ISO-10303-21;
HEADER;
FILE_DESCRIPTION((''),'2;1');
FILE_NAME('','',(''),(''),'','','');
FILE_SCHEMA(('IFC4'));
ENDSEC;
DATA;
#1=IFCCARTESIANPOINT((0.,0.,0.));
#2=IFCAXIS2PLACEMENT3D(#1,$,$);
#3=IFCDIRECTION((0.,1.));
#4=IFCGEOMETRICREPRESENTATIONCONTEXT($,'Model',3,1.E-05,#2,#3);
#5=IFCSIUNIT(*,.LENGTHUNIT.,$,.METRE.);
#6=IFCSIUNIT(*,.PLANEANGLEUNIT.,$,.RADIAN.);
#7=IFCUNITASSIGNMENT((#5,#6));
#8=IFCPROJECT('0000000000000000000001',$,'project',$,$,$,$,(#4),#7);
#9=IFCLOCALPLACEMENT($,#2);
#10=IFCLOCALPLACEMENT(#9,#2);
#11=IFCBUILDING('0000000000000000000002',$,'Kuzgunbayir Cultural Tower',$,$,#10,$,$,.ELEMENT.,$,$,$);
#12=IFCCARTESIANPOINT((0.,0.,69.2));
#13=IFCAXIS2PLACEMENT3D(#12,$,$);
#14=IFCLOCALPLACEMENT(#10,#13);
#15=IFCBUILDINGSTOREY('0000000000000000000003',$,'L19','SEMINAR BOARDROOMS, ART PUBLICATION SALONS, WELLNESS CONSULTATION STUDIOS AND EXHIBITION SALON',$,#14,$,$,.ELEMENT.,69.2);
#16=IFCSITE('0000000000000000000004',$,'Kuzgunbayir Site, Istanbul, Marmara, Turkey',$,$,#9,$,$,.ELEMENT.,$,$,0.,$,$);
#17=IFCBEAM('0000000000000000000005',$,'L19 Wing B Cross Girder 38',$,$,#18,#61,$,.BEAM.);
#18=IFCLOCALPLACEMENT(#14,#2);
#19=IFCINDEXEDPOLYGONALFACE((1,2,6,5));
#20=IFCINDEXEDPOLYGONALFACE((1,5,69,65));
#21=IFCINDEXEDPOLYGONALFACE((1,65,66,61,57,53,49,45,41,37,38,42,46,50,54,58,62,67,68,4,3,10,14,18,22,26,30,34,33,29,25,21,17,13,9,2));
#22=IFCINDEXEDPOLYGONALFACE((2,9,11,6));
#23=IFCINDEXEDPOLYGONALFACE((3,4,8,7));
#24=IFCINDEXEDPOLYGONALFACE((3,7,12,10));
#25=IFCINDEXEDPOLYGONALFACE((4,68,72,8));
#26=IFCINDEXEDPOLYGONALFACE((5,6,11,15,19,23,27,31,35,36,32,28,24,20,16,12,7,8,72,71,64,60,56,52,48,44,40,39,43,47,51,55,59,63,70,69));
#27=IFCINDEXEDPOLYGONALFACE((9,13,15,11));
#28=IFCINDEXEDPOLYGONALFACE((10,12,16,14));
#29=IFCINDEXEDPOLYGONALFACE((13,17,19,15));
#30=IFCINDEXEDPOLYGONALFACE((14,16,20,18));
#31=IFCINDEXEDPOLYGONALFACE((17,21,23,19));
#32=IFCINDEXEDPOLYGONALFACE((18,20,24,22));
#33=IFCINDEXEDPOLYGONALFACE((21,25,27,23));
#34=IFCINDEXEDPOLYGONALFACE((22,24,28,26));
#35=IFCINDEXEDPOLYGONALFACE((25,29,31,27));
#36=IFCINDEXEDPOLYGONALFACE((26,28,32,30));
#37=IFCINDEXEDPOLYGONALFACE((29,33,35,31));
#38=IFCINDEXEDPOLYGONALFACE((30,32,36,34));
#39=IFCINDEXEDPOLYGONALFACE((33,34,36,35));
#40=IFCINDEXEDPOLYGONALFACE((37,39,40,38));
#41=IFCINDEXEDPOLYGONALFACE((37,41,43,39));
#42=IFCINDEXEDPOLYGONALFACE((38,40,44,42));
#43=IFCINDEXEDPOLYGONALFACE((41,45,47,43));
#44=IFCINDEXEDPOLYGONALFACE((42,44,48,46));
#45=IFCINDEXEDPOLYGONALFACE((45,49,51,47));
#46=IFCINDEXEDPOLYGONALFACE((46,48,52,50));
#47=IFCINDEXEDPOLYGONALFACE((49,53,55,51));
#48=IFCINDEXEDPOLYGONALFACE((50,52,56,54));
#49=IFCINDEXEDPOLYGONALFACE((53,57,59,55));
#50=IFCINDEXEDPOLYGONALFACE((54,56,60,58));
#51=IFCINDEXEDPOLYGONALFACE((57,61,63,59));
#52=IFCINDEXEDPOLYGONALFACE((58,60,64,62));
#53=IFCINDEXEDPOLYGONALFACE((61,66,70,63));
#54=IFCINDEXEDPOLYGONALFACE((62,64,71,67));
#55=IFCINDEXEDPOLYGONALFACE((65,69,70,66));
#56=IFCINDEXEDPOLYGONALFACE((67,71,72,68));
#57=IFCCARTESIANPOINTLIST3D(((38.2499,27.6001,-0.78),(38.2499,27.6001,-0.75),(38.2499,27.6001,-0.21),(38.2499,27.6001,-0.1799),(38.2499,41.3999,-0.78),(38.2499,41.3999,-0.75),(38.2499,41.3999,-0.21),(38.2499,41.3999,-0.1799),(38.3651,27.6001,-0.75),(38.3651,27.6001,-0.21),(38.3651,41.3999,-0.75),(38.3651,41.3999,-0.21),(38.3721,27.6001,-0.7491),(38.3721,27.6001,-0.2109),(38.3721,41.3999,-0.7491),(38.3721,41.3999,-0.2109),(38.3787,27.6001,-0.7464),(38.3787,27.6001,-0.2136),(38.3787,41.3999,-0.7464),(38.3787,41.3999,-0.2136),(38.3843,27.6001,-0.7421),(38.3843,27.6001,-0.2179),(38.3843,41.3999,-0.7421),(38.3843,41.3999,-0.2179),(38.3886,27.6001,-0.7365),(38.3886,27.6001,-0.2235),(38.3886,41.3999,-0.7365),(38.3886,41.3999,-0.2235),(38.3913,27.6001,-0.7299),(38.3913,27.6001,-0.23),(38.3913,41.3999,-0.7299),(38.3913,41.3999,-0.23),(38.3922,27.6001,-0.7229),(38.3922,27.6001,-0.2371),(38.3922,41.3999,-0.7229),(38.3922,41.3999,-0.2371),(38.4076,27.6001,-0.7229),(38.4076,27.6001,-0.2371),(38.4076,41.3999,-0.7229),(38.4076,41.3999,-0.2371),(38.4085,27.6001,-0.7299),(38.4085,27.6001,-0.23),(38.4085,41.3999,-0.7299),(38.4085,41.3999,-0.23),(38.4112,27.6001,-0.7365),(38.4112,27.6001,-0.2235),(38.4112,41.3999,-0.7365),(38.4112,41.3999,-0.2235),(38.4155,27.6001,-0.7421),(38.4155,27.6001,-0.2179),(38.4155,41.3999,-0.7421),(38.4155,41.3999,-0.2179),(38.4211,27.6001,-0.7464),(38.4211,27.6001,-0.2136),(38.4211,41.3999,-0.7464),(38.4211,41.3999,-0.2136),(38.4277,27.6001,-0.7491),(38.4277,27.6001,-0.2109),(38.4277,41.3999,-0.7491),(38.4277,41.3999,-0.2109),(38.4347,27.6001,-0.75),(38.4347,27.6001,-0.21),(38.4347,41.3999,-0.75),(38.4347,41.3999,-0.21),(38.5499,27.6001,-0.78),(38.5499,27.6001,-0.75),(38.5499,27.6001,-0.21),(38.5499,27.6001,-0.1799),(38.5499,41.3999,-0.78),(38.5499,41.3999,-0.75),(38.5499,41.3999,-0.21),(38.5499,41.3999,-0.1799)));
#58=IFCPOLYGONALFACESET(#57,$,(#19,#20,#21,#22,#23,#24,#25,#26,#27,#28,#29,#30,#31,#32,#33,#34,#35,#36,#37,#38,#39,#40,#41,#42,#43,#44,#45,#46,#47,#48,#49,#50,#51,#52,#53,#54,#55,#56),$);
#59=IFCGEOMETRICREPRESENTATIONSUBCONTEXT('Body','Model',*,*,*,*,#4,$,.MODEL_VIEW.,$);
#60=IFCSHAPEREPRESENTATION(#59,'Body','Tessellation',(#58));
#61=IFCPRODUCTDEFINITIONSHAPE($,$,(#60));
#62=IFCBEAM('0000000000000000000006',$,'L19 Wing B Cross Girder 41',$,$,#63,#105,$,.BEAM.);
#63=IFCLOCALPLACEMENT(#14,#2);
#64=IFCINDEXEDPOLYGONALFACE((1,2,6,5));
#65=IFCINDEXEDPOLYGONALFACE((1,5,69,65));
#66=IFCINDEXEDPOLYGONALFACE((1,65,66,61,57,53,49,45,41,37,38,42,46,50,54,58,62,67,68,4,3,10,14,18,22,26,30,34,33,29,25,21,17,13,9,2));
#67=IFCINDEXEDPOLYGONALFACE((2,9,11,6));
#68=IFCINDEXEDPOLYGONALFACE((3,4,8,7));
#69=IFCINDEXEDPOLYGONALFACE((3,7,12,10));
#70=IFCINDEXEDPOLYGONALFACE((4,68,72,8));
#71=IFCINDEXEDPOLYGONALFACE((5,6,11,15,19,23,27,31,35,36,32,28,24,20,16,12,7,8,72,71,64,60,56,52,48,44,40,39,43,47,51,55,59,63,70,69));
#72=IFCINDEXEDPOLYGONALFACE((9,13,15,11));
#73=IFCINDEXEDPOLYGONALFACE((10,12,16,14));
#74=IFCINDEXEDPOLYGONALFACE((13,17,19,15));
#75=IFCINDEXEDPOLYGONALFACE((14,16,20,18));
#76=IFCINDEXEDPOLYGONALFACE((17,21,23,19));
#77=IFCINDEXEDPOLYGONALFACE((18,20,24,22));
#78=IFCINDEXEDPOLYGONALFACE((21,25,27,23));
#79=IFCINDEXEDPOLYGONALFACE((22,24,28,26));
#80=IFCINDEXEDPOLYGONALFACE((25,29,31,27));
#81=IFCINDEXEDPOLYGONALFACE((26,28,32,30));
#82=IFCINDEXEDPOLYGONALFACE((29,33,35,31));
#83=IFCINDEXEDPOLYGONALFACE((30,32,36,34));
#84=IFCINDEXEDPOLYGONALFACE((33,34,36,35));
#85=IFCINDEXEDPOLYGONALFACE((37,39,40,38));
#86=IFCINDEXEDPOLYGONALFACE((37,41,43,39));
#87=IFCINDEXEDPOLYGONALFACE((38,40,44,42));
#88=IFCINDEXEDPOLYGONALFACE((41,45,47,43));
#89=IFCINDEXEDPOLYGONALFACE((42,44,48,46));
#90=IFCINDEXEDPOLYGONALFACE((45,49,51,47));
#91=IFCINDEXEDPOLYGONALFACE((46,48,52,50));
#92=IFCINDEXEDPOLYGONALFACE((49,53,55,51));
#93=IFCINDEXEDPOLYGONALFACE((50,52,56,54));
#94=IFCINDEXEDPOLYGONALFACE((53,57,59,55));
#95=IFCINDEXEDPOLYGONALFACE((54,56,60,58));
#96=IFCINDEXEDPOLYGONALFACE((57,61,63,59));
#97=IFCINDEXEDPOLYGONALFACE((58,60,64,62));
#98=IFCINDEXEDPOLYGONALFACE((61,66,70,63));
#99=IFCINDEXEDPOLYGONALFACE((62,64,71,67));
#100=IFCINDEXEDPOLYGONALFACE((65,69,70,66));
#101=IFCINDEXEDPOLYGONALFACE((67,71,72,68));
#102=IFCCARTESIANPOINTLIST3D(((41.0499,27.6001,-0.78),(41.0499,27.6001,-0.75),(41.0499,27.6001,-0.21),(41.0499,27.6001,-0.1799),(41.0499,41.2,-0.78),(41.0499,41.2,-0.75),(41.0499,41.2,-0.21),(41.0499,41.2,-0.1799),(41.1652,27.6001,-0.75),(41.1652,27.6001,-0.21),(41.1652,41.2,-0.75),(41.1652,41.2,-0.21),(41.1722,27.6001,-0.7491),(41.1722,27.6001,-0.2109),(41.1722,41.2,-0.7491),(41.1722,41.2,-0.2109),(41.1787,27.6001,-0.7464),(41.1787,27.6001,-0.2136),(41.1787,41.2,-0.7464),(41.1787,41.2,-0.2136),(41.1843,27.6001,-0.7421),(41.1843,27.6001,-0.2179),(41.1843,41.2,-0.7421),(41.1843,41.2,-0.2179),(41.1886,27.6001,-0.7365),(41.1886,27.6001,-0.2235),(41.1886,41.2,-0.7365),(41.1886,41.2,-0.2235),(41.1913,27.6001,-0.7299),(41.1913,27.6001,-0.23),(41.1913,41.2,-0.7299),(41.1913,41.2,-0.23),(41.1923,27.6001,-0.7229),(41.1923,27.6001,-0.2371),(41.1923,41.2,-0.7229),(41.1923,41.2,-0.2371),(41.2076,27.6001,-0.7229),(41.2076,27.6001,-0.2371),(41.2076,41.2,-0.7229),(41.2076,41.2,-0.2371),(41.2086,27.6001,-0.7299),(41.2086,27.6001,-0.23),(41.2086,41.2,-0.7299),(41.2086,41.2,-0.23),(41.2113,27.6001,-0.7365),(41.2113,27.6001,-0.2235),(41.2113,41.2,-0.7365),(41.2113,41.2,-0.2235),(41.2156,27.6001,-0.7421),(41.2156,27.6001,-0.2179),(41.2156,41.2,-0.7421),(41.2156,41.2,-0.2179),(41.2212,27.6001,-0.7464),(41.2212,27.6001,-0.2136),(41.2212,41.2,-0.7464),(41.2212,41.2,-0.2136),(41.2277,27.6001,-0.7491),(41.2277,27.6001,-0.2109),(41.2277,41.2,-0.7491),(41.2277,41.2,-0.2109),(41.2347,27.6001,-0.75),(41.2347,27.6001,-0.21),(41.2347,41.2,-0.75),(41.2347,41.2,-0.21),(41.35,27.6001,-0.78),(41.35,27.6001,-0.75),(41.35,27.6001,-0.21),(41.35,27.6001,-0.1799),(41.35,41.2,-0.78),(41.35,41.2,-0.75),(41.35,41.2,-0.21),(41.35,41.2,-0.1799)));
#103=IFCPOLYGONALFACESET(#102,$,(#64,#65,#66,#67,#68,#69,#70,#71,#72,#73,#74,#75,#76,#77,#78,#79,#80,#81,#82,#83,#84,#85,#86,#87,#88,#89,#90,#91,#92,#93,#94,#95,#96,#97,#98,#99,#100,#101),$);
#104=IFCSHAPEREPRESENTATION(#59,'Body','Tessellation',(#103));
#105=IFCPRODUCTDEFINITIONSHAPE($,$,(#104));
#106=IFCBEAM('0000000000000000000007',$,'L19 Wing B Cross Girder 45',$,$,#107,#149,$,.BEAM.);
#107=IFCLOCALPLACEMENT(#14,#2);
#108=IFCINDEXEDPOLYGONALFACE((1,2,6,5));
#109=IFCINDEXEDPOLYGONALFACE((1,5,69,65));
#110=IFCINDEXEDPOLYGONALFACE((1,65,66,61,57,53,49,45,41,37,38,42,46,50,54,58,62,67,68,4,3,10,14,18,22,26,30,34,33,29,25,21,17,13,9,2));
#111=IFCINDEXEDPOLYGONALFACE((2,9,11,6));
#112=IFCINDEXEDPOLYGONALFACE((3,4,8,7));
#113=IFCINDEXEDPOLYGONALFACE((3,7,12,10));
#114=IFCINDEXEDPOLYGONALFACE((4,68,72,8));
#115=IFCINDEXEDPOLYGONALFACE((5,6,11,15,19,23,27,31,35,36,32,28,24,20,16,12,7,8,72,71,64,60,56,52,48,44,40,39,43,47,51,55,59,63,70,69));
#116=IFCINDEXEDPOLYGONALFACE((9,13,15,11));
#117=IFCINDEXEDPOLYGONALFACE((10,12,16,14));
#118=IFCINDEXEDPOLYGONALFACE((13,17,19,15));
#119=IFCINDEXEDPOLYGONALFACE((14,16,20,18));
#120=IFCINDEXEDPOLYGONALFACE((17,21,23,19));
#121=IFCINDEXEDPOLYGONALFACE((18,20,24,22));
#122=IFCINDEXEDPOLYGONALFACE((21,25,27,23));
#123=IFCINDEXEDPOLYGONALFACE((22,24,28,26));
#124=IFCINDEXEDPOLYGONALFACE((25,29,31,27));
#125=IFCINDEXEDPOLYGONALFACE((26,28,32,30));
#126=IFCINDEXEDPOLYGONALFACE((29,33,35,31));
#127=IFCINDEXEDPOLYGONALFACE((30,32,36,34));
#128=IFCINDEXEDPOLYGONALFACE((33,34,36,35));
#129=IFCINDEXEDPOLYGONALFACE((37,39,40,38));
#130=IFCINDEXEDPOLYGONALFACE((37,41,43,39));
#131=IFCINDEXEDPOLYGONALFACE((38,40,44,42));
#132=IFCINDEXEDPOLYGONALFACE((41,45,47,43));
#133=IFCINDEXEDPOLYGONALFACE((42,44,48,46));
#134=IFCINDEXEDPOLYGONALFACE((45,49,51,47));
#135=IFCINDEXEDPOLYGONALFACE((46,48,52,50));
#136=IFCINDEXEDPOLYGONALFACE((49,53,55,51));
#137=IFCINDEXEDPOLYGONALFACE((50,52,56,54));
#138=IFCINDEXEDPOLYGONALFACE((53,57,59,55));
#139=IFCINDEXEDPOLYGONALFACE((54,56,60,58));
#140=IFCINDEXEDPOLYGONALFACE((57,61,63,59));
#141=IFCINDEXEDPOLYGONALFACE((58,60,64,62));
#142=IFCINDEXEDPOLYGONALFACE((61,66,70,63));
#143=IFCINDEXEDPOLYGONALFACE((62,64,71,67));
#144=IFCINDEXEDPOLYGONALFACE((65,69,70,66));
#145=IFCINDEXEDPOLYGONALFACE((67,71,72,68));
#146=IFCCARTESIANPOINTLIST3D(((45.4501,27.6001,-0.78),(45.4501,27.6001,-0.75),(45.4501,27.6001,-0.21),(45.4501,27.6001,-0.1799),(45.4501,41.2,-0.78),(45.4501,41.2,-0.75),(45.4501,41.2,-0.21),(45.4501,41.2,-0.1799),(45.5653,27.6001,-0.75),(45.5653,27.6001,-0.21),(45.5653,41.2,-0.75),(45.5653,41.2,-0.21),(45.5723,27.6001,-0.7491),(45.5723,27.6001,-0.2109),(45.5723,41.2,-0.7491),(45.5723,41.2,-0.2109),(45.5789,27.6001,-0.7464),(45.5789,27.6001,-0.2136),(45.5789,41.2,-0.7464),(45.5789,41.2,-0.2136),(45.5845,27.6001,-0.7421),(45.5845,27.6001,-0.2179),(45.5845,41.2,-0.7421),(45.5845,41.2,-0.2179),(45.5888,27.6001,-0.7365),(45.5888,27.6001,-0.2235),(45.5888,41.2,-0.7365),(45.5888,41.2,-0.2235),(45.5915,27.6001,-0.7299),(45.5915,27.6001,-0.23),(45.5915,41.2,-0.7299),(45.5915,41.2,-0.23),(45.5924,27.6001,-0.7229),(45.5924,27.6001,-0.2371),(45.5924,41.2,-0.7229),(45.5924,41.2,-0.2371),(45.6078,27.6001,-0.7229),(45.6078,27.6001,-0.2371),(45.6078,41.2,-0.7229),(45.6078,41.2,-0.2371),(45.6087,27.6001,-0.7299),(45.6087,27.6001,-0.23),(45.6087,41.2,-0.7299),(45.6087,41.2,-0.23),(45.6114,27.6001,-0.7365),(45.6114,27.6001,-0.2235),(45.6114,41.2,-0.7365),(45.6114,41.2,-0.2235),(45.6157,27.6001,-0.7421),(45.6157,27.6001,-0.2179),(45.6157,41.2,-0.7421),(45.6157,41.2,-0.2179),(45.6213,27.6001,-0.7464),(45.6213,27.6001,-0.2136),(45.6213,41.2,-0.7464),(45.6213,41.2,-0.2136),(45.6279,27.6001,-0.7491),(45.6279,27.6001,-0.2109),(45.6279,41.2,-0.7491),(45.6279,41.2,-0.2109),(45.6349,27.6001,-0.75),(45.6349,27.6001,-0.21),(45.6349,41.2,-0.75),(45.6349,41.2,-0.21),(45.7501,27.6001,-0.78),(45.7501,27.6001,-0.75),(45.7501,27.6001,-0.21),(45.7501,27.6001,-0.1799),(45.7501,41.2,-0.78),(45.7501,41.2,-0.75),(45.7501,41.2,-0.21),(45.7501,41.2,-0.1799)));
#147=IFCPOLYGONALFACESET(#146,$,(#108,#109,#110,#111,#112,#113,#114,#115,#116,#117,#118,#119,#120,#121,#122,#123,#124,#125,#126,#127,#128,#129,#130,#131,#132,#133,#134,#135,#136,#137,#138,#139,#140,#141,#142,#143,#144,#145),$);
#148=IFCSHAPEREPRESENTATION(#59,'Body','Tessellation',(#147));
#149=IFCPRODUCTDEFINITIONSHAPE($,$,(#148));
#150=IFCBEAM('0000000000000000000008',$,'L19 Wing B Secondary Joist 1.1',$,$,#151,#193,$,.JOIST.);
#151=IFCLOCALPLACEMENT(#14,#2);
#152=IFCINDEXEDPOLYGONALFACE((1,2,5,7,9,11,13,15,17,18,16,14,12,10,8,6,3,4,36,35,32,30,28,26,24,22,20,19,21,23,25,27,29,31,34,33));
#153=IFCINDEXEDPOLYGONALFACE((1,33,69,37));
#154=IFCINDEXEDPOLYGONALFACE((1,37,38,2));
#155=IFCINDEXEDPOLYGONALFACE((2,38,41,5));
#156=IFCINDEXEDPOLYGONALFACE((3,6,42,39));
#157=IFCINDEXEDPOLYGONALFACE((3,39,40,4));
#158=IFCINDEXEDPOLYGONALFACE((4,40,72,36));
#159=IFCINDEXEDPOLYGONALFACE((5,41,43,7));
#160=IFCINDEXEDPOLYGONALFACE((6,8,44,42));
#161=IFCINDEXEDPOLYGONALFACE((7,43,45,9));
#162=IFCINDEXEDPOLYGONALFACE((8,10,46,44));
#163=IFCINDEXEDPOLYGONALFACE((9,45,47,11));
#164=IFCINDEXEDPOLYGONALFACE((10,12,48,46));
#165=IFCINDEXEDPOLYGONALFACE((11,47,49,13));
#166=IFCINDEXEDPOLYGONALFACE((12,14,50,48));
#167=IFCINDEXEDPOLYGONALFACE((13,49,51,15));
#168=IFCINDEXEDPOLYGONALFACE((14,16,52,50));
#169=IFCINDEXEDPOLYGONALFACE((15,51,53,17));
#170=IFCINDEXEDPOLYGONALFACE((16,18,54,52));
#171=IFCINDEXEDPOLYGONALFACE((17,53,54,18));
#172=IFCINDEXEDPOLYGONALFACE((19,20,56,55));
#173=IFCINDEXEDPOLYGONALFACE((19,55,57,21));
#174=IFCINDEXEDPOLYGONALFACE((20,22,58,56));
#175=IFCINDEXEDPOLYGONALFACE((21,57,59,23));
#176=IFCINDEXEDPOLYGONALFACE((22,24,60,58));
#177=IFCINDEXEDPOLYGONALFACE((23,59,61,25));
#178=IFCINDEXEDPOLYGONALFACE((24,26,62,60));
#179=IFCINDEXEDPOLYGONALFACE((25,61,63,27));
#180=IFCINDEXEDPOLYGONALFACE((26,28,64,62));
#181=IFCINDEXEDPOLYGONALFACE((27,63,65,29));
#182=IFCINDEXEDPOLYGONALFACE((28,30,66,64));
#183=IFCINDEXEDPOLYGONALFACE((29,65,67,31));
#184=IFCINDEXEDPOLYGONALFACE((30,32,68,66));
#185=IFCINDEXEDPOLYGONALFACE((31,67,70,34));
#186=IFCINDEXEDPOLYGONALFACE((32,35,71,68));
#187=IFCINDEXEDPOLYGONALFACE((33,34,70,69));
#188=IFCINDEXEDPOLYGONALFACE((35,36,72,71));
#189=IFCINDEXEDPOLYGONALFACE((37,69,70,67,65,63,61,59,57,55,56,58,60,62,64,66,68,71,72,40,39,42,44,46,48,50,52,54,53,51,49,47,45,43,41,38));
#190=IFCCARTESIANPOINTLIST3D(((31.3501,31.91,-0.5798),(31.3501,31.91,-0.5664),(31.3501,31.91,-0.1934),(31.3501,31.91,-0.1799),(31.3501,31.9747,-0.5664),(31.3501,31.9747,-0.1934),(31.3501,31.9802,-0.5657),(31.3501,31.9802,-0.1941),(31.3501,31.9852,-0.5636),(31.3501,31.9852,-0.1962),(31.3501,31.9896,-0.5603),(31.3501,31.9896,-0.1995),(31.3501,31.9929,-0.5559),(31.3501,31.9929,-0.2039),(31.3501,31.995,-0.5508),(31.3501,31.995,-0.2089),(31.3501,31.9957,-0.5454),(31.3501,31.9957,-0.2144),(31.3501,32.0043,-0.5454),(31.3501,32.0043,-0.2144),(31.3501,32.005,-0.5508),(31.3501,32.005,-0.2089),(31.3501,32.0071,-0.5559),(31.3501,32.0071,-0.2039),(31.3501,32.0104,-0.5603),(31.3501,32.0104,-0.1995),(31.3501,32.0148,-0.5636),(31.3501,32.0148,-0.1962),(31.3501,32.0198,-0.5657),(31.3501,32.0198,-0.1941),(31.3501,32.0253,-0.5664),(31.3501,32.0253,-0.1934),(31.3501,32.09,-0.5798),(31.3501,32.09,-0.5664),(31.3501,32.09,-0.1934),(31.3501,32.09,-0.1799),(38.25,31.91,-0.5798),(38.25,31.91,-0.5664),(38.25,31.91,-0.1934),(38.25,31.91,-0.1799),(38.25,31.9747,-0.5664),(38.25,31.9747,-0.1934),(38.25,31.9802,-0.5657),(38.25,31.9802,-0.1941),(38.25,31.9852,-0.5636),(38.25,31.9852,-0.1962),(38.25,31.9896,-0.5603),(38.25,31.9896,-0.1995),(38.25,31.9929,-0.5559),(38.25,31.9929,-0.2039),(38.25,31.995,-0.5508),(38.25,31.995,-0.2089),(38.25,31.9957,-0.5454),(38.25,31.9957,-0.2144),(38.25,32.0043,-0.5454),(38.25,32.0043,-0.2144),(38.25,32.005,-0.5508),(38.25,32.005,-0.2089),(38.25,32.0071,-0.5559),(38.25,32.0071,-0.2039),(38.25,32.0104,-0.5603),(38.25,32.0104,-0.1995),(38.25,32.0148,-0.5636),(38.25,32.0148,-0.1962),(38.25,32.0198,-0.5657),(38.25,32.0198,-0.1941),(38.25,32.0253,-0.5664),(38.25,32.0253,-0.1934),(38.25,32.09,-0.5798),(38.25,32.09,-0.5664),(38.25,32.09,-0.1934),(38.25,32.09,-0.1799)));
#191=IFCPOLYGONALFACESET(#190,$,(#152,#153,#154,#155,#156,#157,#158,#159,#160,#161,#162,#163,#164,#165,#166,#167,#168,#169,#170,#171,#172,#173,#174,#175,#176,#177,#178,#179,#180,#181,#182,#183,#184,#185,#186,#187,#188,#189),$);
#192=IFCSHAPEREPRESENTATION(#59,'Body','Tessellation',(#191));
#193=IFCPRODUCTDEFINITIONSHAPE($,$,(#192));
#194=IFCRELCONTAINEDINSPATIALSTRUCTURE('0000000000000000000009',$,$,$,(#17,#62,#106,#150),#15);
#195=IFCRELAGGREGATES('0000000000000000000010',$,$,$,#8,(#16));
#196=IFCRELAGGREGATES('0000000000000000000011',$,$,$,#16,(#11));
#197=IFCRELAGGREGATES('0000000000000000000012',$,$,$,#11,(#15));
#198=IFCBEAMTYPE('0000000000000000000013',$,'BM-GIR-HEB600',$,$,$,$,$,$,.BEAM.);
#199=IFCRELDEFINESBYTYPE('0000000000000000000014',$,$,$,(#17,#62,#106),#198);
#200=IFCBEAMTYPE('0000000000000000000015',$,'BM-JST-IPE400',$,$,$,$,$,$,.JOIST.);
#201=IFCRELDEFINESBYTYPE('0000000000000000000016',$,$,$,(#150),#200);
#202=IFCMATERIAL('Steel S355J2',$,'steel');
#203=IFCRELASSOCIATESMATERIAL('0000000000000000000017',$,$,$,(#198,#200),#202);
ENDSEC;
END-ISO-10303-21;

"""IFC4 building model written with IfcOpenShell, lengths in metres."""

from ifc_helpers import new_model, si_unit, direction, frame, origin, origin_2d, place, context, subcontext, project, spatial, i_section, extrude, material, material_profile, profile_set, type_object, element, save


model = new_model("IFC4")

# Units and contexts
model_context = context("Model", 3, precision=1e-05, world=origin(), true_north=direction((0.0, 1.0)))
body_context = subcontext(model_context, "Body", "Model", "MODEL_VIEW")
ifc_project = project(units=[si_unit("LENGTHUNIT", "METRE"), si_unit("PLANEANGLEUNIT", "RADIAN")], contexts=[model_context])

# Site, building, storey
site_placement = place(None, origin())
site = spatial("IfcSite", under=ifc_project, at=site_placement, Name="Kuzgunbayir Site, Istanbul, Marmara, Turkey", CompositionType="ELEMENT", RefElevation=0.0)
building_placement = place(site_placement, origin())
building = spatial("IfcBuilding", under=site, at=building_placement, Name="Kuzgunbayir Cultural Tower", CompositionType="ELEMENT")
storey_placement = place(building_placement, frame((0.0, 0.0, 69.2)))
storey = spatial("IfcBuildingStorey", under=building, at=storey_placement, Name="L19", Description="SEMINAR BOARDROOMS, ART PUBLICATION SALONS, WELLNESS CONSULTATION STUDIOS AND EXHIBITION SALON", CompositionType="ELEMENT", Elevation=69.2)

# Beams
ifc_material_1 = material(Name="Steel S355J2", Category="steel")
ifc_material_profile_1 = material_profile(ifc_material_1, i_section(OverallWidth=0.3, OverallDepth=0.6001, WebThickness=0.0154, FlangeThickness=0.03, FilletRadius=0.0271, at=origin_2d()), Name="HEB 600")
ifc_profile_set_1 = profile_set([ifc_material_profile_1], Name="Steel S355J2")
beam_type_1 = type_object("IfcBeamType", Name="BM-GIR-HEB600", PredefinedType="BEAM", material=ifc_profile_set_1)
beam_1_placement = place(storey_placement, frame((38.3999, 27.6001, -0.48), z_axis=(0.0, 1.0, 0.0), x_axis=(-1.0, 0.0, 0.0)))
element("IfcBeam", 1, at=beam_1_placement, inside=storey, type_object=beam_type_1, Name="L19 Wing B Cross Girder 38", PredefinedType="BEAM", context=body_context, shape_type="SweptSolid", body=[
    extrude(i_section(OverallWidth=0.3, OverallDepth=0.6001, WebThickness=0.0154, FlangeThickness=0.03, FilletRadius=0.0271, at=origin_2d()), origin(), (0.0, 0.0, 1.0), 13.7998),
])
for number, where, z_axis, x_axis, name in (
    (2, (41.2, 27.6001, -0.48), (0.0, 1.0, 0.0), (-1.0, 0.0, 0.0), "L19 Wing B Cross Girder 41"),
    (3, (45.6001, 27.6001, -0.48), (0.0, 1.0, 0.0), (-1.0, 0.0, 0.0), "L19 Wing B Cross Girder 45"),
):
    element("IfcBeam", number, at=place(storey_placement, frame(where, z_axis=z_axis, x_axis=x_axis)), inside=storey, type_object=beam_type_1, Name=name, PredefinedType="BEAM", context=body_context, shape_type="SweptSolid", body=[
        extrude(i_section(OverallWidth=0.3, OverallDepth=0.6001, WebThickness=0.0154, FlangeThickness=0.03, FilletRadius=0.0271, at=origin_2d()), origin(), (0.0, 0.0, 1.0), 13.5999),
    ])
ifc_material_profile_2 = material_profile(ifc_material_1, i_section(OverallWidth=0.1799, OverallDepth=0.3999, WebThickness=0.0085, FlangeThickness=0.0134, FilletRadius=0.021, at=origin_2d()), Name="IPE 400")
ifc_profile_set_2 = profile_set([ifc_material_profile_2], Name="Steel S355J2")
beam_type_2 = type_object("IfcBeamType", Name="BM-JST-IPE400", PredefinedType="JOIST", material=ifc_profile_set_2)
for number, where, z_axis, x_axis, name in (
    (4, (31.3501, 32.0, -0.3799), (1.0, 0.0, 0.0), (0.0, 1.0, 0.0), "L19 Wing B Secondary Joist 1.1"),
):
    element("IfcBeam", number, at=place(storey_placement, frame(where, z_axis=z_axis, x_axis=x_axis)), inside=storey, type_object=beam_type_2, Name=name, PredefinedType="JOIST", context=body_context, shape_type="SweptSolid", body=[
        extrude(i_section(OverallWidth=0.1799, OverallDepth=0.3999, WebThickness=0.0085, FlangeThickness=0.0134, FilletRadius=0.021, at=origin_2d()), origin(), (0.0, 0.0, 1.0), 6.8999),
    ])

save(model, "model.ifc")
